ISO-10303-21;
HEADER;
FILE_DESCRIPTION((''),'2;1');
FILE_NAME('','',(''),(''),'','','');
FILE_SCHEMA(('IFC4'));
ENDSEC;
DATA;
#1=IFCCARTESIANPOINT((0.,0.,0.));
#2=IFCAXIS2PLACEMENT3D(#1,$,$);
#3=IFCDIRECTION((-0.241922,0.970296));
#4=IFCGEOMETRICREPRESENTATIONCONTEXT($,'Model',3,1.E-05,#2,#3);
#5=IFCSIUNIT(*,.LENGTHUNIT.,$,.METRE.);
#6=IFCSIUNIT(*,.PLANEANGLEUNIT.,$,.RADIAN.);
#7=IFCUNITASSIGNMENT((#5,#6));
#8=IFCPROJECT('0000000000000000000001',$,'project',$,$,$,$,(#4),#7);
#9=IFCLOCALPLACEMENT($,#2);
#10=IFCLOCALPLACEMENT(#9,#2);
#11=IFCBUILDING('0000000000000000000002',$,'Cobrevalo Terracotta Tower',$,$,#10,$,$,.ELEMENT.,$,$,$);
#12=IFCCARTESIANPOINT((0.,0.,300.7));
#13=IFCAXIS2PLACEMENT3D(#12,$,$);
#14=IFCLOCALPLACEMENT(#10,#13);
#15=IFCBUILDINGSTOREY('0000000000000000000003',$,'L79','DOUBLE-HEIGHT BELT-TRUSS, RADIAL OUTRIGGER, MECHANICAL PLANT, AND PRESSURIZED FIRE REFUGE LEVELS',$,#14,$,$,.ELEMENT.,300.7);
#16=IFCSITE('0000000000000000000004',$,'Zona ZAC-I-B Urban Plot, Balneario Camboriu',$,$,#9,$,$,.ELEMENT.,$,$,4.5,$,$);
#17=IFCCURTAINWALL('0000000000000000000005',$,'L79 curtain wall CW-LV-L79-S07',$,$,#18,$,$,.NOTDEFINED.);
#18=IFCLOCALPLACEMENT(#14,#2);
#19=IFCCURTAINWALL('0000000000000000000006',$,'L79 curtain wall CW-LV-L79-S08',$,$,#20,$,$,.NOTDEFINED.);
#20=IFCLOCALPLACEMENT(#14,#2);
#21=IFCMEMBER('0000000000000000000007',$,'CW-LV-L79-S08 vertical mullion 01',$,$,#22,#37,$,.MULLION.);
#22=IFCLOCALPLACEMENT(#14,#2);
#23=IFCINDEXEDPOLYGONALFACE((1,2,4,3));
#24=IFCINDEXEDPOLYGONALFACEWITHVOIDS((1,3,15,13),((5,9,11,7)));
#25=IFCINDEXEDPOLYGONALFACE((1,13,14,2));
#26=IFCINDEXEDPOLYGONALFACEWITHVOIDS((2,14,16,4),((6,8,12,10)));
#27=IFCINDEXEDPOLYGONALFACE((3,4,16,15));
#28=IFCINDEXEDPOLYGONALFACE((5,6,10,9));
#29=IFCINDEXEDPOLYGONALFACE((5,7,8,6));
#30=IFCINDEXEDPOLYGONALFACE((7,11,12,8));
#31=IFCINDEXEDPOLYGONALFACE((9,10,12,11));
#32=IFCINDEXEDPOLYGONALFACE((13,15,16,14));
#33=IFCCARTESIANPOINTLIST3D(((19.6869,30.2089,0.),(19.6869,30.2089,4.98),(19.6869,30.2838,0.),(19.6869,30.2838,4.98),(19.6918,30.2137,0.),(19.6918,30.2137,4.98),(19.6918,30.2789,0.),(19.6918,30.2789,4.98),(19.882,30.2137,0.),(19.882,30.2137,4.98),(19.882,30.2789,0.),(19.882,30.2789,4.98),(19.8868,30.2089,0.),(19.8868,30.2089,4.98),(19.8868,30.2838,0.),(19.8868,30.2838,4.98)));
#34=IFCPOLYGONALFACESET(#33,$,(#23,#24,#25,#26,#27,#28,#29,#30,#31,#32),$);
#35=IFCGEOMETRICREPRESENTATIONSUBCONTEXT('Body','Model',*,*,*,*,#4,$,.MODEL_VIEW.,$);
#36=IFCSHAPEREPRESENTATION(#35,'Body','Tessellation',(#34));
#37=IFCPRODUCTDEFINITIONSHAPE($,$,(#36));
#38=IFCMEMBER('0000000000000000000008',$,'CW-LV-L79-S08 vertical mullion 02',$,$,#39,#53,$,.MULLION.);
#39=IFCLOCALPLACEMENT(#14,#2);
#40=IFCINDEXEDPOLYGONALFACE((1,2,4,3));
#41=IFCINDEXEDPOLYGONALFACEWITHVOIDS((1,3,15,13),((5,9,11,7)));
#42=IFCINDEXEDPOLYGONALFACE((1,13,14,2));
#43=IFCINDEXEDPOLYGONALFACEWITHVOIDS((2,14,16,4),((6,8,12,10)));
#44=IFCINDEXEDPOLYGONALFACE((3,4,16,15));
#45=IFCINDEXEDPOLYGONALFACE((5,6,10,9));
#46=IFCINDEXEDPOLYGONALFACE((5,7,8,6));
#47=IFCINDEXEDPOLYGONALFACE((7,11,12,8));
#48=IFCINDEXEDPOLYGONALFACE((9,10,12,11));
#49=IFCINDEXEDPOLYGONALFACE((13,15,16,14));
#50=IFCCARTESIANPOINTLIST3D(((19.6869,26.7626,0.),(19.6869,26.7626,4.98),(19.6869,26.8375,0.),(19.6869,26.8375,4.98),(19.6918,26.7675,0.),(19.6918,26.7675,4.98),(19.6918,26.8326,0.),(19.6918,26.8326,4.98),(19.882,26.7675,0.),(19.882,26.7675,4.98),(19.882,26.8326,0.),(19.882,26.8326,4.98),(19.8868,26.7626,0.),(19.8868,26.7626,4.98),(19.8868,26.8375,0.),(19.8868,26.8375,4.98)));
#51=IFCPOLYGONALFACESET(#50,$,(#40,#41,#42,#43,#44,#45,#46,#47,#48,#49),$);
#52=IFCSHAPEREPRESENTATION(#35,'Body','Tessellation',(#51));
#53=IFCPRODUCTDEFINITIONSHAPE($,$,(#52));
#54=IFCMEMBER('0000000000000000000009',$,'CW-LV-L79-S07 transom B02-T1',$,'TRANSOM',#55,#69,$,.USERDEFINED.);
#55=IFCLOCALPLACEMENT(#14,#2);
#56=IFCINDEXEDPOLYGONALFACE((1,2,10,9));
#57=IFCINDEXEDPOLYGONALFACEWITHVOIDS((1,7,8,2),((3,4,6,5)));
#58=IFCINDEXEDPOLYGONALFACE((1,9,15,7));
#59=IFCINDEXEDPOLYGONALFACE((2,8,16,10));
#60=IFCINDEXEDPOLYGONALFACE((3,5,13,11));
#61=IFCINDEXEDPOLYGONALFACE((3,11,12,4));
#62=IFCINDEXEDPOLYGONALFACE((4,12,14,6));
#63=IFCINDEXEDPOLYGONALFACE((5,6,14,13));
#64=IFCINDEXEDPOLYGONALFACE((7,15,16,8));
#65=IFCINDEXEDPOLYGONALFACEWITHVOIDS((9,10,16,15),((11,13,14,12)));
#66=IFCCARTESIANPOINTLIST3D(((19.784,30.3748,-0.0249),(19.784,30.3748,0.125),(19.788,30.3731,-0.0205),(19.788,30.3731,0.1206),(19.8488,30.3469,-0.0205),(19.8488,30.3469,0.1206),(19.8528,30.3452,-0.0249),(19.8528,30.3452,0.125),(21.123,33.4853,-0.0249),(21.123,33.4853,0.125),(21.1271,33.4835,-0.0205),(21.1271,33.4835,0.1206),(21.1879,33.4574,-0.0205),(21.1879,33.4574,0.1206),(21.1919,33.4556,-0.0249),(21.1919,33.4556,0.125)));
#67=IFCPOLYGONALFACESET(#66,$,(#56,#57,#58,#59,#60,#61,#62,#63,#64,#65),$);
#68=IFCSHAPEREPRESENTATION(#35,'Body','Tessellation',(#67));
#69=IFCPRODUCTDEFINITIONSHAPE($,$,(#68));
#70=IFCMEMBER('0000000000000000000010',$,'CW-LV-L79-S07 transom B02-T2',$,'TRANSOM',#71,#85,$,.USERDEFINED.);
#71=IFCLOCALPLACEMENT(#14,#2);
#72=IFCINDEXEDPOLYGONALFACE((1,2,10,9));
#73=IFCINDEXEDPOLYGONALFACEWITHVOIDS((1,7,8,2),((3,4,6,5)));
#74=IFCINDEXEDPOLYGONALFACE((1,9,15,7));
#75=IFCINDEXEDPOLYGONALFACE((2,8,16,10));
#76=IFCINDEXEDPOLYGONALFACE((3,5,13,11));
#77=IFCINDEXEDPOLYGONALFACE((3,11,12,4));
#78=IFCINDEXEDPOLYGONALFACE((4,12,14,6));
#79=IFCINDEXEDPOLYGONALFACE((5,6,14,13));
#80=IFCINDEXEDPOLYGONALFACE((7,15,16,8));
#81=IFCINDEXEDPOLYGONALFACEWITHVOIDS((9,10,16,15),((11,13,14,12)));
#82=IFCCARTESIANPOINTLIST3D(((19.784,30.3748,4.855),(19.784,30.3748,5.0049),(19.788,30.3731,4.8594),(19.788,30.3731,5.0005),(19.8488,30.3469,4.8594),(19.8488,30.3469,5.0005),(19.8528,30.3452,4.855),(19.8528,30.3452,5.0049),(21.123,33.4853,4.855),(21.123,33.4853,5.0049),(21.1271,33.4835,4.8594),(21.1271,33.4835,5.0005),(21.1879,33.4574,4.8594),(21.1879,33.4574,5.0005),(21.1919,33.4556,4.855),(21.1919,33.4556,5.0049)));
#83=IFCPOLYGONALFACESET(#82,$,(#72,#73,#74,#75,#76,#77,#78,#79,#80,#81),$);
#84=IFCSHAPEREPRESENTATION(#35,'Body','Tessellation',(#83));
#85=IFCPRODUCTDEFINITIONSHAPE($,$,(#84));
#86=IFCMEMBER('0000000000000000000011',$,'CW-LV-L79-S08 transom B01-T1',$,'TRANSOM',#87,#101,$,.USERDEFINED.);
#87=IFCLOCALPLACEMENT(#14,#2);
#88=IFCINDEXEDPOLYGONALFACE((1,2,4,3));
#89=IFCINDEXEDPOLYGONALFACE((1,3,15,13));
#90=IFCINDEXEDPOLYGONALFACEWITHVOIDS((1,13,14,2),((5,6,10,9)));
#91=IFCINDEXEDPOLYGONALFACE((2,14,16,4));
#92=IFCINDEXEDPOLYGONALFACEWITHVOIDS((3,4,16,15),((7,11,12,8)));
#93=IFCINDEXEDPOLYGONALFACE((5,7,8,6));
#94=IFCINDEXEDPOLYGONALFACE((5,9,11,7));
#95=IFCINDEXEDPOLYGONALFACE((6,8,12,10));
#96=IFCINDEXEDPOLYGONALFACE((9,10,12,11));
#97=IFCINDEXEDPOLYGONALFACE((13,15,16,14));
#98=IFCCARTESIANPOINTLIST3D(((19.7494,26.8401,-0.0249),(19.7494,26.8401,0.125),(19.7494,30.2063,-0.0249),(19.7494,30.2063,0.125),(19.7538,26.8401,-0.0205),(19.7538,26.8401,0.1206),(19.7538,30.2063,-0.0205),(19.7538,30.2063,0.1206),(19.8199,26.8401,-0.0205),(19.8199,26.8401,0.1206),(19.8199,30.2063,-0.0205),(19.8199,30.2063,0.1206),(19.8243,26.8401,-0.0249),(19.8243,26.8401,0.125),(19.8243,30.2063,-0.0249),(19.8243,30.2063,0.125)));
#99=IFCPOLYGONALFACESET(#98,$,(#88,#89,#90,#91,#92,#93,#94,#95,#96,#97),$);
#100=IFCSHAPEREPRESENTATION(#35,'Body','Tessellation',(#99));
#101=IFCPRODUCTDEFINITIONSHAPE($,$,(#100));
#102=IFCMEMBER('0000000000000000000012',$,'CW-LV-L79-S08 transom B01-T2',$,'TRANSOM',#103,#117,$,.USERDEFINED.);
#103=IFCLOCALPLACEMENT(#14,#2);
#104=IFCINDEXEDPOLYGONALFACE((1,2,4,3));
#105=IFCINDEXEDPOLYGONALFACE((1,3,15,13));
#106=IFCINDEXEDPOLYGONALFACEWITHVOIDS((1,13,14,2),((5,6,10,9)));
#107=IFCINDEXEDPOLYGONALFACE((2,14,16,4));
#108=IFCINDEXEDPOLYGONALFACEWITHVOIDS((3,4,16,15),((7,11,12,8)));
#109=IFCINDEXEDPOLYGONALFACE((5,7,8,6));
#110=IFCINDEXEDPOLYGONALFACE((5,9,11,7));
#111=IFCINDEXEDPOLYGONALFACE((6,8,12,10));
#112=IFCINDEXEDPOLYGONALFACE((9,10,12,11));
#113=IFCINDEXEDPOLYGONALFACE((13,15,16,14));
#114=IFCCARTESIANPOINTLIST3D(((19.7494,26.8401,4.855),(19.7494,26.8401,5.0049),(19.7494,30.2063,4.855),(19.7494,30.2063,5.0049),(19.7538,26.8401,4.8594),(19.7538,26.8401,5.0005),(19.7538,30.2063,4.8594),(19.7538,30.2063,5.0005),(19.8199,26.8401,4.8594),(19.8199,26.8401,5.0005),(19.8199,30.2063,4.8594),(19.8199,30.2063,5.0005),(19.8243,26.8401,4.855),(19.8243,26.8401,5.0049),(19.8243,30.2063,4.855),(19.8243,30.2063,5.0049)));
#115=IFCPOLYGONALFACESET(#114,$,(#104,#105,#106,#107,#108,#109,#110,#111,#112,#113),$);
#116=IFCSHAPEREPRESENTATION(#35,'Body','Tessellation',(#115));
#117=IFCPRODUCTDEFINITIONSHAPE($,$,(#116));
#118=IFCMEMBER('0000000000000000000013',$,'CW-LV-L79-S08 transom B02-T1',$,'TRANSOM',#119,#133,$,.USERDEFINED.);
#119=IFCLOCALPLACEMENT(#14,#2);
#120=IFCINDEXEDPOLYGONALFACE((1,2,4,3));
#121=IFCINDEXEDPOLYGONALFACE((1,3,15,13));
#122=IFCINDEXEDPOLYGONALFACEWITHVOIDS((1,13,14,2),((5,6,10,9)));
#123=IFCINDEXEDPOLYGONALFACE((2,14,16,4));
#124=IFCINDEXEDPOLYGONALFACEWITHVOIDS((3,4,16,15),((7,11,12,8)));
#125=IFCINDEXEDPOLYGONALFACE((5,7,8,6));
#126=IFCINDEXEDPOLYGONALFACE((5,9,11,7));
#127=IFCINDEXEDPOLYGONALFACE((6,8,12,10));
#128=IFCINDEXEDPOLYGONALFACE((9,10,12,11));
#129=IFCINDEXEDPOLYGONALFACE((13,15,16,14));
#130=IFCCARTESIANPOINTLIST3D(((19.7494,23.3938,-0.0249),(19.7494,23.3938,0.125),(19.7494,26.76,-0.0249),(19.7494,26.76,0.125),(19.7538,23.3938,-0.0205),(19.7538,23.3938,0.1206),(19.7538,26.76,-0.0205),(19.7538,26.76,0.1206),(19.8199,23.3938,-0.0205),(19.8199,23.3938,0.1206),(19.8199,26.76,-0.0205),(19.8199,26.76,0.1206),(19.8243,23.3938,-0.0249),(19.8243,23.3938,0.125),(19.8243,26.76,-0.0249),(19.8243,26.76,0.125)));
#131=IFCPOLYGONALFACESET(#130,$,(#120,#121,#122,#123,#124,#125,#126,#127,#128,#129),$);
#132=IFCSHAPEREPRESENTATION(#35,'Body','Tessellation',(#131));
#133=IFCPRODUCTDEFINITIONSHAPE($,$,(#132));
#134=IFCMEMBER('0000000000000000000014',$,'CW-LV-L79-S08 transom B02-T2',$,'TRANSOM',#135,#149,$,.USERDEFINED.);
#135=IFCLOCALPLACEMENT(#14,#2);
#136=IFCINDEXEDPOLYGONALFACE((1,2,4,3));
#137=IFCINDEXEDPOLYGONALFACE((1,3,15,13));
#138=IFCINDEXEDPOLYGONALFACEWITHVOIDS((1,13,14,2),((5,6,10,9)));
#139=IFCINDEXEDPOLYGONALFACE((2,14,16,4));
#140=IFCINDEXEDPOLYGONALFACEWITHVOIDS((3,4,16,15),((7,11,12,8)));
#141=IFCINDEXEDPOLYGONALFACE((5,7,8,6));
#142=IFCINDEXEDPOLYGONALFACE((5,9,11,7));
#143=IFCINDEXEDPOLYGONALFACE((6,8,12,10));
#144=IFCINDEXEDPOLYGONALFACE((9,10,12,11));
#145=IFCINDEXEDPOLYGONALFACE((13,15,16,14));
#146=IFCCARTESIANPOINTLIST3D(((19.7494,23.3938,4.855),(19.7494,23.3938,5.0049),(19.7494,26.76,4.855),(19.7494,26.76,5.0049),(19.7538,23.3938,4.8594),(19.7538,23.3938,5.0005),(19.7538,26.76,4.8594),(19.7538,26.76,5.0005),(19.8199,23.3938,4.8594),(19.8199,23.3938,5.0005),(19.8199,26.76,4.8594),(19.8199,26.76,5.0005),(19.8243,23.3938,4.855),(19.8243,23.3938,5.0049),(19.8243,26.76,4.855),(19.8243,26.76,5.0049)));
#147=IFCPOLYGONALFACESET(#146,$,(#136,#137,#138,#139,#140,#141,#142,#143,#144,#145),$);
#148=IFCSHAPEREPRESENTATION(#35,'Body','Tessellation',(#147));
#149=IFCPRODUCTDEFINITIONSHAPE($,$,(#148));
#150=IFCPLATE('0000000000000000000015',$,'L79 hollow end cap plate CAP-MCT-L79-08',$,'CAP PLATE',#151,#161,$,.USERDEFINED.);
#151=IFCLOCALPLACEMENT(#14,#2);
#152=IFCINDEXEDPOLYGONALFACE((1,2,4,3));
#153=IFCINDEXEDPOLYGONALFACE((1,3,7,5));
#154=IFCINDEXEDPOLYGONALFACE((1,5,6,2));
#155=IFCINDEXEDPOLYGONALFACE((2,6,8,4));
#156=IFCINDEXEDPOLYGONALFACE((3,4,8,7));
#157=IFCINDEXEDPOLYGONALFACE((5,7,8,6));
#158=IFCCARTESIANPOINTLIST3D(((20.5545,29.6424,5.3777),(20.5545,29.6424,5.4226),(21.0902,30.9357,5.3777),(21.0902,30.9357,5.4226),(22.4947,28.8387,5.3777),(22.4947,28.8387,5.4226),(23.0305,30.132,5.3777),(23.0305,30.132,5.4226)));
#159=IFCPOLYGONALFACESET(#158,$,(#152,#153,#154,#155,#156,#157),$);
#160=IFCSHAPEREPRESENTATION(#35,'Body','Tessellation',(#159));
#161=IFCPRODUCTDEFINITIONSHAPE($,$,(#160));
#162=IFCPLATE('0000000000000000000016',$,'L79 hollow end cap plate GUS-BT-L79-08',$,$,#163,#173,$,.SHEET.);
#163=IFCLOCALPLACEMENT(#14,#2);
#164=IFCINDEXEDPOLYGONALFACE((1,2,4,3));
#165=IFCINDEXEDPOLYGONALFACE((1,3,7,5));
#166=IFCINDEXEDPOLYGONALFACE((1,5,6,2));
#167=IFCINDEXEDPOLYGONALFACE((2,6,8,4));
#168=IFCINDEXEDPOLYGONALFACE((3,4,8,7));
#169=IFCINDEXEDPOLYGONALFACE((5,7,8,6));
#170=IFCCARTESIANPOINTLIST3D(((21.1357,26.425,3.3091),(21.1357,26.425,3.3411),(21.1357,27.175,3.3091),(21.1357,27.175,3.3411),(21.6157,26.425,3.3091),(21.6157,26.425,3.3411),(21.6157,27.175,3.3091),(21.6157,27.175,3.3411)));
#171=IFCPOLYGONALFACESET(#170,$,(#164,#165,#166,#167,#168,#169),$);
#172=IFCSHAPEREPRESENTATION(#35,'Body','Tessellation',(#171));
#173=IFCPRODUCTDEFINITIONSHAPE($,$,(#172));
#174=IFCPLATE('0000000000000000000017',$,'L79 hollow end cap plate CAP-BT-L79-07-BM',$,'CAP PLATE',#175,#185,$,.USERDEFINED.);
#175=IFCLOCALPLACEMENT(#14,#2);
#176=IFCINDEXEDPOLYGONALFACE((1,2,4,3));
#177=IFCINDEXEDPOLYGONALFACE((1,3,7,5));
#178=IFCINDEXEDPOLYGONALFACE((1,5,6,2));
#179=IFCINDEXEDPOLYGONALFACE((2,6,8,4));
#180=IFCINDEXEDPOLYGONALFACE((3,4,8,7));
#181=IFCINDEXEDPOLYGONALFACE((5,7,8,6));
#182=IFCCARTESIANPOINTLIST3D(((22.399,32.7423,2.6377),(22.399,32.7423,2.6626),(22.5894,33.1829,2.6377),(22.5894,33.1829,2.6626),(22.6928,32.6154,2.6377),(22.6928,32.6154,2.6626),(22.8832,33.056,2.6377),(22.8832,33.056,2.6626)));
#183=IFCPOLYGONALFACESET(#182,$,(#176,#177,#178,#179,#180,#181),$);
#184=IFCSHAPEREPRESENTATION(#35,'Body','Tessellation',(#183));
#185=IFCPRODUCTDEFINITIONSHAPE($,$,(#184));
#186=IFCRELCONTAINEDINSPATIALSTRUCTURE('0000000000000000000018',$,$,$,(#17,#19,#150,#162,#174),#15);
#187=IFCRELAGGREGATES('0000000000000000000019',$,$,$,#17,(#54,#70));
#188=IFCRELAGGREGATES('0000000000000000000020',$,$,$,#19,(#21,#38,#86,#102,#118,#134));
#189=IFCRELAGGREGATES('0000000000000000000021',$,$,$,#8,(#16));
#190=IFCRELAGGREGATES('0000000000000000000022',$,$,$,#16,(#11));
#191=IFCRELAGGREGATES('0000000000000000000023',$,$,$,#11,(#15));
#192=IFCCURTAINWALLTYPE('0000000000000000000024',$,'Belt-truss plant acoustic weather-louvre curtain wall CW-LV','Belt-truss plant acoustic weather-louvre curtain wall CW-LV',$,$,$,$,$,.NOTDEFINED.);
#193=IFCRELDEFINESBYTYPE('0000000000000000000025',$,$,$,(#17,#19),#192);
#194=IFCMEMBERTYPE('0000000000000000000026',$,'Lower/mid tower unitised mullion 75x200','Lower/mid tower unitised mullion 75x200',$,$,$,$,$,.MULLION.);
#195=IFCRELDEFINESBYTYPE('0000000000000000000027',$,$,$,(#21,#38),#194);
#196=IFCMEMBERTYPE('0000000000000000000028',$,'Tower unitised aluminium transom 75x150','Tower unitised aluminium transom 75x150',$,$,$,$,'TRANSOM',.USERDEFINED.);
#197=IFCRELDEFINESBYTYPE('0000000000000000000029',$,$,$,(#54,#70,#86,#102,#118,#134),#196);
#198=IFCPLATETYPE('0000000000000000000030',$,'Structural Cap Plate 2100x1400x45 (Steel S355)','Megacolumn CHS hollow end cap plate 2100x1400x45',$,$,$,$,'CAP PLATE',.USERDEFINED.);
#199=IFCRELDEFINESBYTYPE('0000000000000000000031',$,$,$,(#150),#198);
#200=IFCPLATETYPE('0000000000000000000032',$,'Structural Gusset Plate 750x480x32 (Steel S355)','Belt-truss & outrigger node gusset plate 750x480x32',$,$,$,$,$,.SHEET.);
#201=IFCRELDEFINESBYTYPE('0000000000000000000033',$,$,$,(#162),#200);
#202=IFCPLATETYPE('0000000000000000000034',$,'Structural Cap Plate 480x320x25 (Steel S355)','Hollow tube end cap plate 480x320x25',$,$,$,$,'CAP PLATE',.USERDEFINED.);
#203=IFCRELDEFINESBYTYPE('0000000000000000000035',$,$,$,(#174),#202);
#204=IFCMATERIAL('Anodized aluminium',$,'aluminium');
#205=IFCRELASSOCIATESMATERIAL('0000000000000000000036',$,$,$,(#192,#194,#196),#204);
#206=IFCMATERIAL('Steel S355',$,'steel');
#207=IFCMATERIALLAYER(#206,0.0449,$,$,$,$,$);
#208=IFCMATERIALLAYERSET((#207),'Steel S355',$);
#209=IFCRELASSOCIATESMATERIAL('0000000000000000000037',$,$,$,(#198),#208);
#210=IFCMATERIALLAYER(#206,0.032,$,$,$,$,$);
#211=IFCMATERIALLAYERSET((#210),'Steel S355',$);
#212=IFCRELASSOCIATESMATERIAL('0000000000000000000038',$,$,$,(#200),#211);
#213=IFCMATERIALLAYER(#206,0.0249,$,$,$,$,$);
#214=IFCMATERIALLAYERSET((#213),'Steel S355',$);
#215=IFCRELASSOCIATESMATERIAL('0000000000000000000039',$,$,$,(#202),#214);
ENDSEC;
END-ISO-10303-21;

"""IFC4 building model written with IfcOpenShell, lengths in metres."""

from ifc_helpers import new_model, si_unit, direction, frame, origin, origin_2d, place, context, subcontext, project, spatial, rectangle, hollow_rectangle, extrude, source, transform, mapped, material, layer, layer_set, material_profile, profile_set, type_object, element, aggregate, save


model = new_model("IFC4")

# Units and contexts
model_context = context("Model", 3, precision=1e-05, world=origin(), true_north=direction((-0.241922, 0.970296)))
body_context = subcontext(model_context, "Body", "Model", "MODEL_VIEW")
ifc_project = project(units=[si_unit("LENGTHUNIT", "METRE"), si_unit("PLANEANGLEUNIT", "RADIAN")], contexts=[model_context])

# Site, building, storey
site_placement = place(None, origin())
site = spatial("IfcSite", under=ifc_project, at=site_placement, Name="Zona ZAC-I-B Urban Plot, Balneario Camboriu", CompositionType="ELEMENT", RefElevation=4.5)
building_placement = place(site_placement, origin())
building = spatial("IfcBuilding", under=site, at=building_placement, Name="Cobrevalo Terracotta Tower", CompositionType="ELEMENT")
storey_placement = place(building_placement, frame((0.0, 0.0, 300.7)))
storey = spatial("IfcBuildingStorey", under=building, at=storey_placement, Name="L79", Description="DOUBLE-HEIGHT BELT-TRUSS, RADIAL OUTRIGGER, MECHANICAL PLANT, AND PRESSURIZED FIRE REFUGE LEVELS", CompositionType="ELEMENT", Elevation=300.7)

# Shared definitions
ifc_material_1 = material(Name="Steel S355", Category="steel")

# Curtain walls, members
ifc_material_2 = material(Name="Anodized aluminium", Category="aluminium")
curtain_wall_type = type_object("IfcCurtainWallType", Name="Belt-truss plant acoustic weather-louvre curtain wall CW-LV", Description="Belt-truss plant acoustic weather-louvre curtain wall CW-LV", PredefinedType="NOTDEFINED", material=ifc_material_2)
curtain_wall_1_placement = place(storey_placement, origin())
curtain_wall_1 = element("IfcCurtainWall", 1, at=curtain_wall_1_placement, inside=storey, type_object=curtain_wall_type, Name="L79 curtain wall CW-LV-L79-S07", PredefinedType="NOTDEFINED")
ifc_material_profile_1 = material_profile(ifc_material_2, hollow_rectangle(XDim=0.075, YDim=0.2, WallThickness=0.0049, at=origin_2d()), Name="CWM 75x200")
ifc_profile_set_1 = profile_set([ifc_material_profile_1], Name="Anodized aluminium")
member_type_1 = type_object("IfcMemberType", Name="Lower/mid tower unitised mullion 75x200", Description="Lower/mid tower unitised mullion 75x200", PredefinedType="MULLION", material=ifc_profile_set_1)
shared_shape_1 = source(origin(), body_context, "Body", "SweptSolid", [
    extrude(hollow_rectangle(XDim=0.075, YDim=0.2, WallThickness=0.0049, at=origin_2d()), origin(), (0.0, 0.0, 1.0), 4.98),
])
curtain_wall_2_placement = place(storey_placement, origin())
curtain_wall_2 = element("IfcCurtainWall", 2, at=curtain_wall_2_placement, inside=storey, type_object=curtain_wall_type, Name="L79 curtain wall CW-LV-L79-S08", PredefinedType="NOTDEFINED")
member_1_placement = place(storey_placement, frame((19.7869, 30.2463, 0.0), z_axis=(0.0, 0.0, 1.0), x_axis=(0.0, -1.0, 0.0)))
member_1 = element("IfcMember", 3, at=member_1_placement, type_object=member_type_1, Name="CW-LV-L79-S08 vertical mullion 01", PredefinedType="MULLION", context=body_context, shape_type="MappedRepresentation", body=[
    mapped(shared_shape_1, transform((0.0, 0.0, 0.0), scale=1.0)),
])
member_2_placement = place(storey_placement, frame((19.7869, 26.8, 0.0), z_axis=(0.0, 0.0, 1.0), x_axis=(0.0, -1.0, 0.0)))
member_2 = element("IfcMember", 4, at=member_2_placement, type_object=member_type_1, Name="CW-LV-L79-S08 vertical mullion 02", PredefinedType="MULLION", context=body_context, shape_type="MappedRepresentation", body=[
    mapped(shared_shape_1, transform((0.0, 0.0, 0.0), scale=1.0)),
])

# Members
ifc_material_profile_2 = material_profile(ifc_material_2, hollow_rectangle(XDim=0.075, YDim=0.1499, WallThickness=0.0044, at=origin_2d()), Name="CWT 75x150")
ifc_profile_set_2 = profile_set([ifc_material_profile_2], Name="Anodized aluminium")
member_type_2 = type_object("IfcMemberType", Name="Tower unitised aluminium transom 75x150", Description="Tower unitised aluminium transom 75x150", ElementType="TRANSOM", PredefinedType="USERDEFINED", material=ifc_profile_set_2)
shared_shape_2 = source(origin(), body_context, "Body", "SweptSolid", [
    extrude(hollow_rectangle(XDim=0.075, YDim=0.1499, WallThickness=0.0044, at=origin_2d()), origin(), (0.0, 0.0, 1.0), 3.3865),
])
member_3_placement = place(storey_placement, frame((21.1575, 33.4705, 0.05), z_axis=(-0.395415, -0.918502, 0.0), x_axis=(0.918502, -0.395415, 0.0)))
member_3 = element("IfcMember", 5, at=member_3_placement, type_object=member_type_2, Name="CW-LV-L79-S07 transom B02-T1", ObjectType="TRANSOM", PredefinedType="USERDEFINED", context=body_context, shape_type="MappedRepresentation", body=[
    mapped(shared_shape_2, transform((0.0, 0.0, 0.0), scale=1.0)),
])
member_4_placement = place(storey_placement, frame((21.1575, 33.4705, 4.9299), z_axis=(-0.395415, -0.918502, 0.0), x_axis=(0.918502, -0.395415, 0.0)))
member_4 = element("IfcMember", 6, at=member_4_placement, type_object=member_type_2, Name="CW-LV-L79-S07 transom B02-T2", ObjectType="TRANSOM", PredefinedType="USERDEFINED", context=body_context, shape_type="MappedRepresentation", body=[
    mapped(shared_shape_2, transform((0.0, 0.0, 0.0), scale=1.0)),
])
shared_shape_3 = source(origin(), body_context, "Body", "SweptSolid", [
    extrude(hollow_rectangle(XDim=0.075, YDim=0.1499, WallThickness=0.0044, at=origin_2d()), origin(), (0.0, 0.0, 1.0), 3.3662),
])
member_5_placement = place(storey_placement, frame((19.7869, 30.2063, 0.05), z_axis=(0.0, -1.0, 0.0), x_axis=(1.0, 0.0, 0.0)))
member_5 = element("IfcMember", 7, at=member_5_placement, type_object=member_type_2, Name="CW-LV-L79-S08 transom B01-T1", ObjectType="TRANSOM", PredefinedType="USERDEFINED", context=body_context, shape_type="MappedRepresentation", body=[
    mapped(shared_shape_3, transform((0.0, 0.0, 0.0), scale=1.0)),
])
member_6_placement = place(storey_placement, frame((19.7869, 30.2063, 4.9299), z_axis=(0.0, -1.0, 0.0), x_axis=(1.0, 0.0, 0.0)))
member_6 = element("IfcMember", 8, at=member_6_placement, type_object=member_type_2, Name="CW-LV-L79-S08 transom B01-T2", ObjectType="TRANSOM", PredefinedType="USERDEFINED", context=body_context, shape_type="MappedRepresentation", body=[
    mapped(shared_shape_3, transform((0.0, 0.0, 0.0), scale=1.0)),
])
member_7_placement = place(storey_placement, frame((19.7869, 26.76, 0.05), z_axis=(0.0, -1.0, 0.0), x_axis=(1.0, 0.0, 0.0)))
member_7 = element("IfcMember", 9, at=member_7_placement, type_object=member_type_2, Name="CW-LV-L79-S08 transom B02-T1", ObjectType="TRANSOM", PredefinedType="USERDEFINED", context=body_context, shape_type="MappedRepresentation", body=[
    mapped(shared_shape_3, transform((0.0, 0.0, 0.0), scale=1.0)),
])
member_8_placement = place(storey_placement, frame((19.7869, 26.76, 4.9299), z_axis=(0.0, -1.0, 0.0), x_axis=(1.0, 0.0, 0.0)))
member_8 = element("IfcMember", 10, at=member_8_placement, type_object=member_type_2, Name="CW-LV-L79-S08 transom B02-T2", ObjectType="TRANSOM", PredefinedType="USERDEFINED", context=body_context, shape_type="MappedRepresentation", body=[
    mapped(shared_shape_3, transform((0.0, 0.0, 0.0), scale=1.0)),
])

# Plates
ifc_layer_1 = layer(ifc_material_1, 0.0449)
ifc_layer_set_1 = layer_set([ifc_layer_1], Name="Steel S355")
plate_type_1 = type_object("IfcPlateType", Name="Structural Cap Plate 2100x1400x45 (Steel S355)", Description="Megacolumn CHS hollow end cap plate 2100x1400x45", ElementType="CAP PLATE", PredefinedType="USERDEFINED", material=ifc_layer_set_1)
shared_shape_4 = source(origin(), body_context, "Body", "SweptSolid", [
    extrude(rectangle(XDim=2.1001, YDim=1.3999, at=origin_2d()), origin(), (0.0, 0.0, 1.0), 0.0449),
])
plate_1_placement = place(storey_placement, frame((21.7925, 29.8872, 5.3777), z_axis=(0.0, 0.0, 1.0), x_axis=(-0.92388, 0.382683, 0.0)))
element("IfcPlate", 11, at=plate_1_placement, inside=storey, type_object=plate_type_1, Name="L79 hollow end cap plate CAP-MCT-L79-08", ObjectType="CAP PLATE", PredefinedType="USERDEFINED", context=body_context, shape_type="MappedRepresentation", body=[
    mapped(shared_shape_4, transform((0.0, 0.0, 0.0), scale=1.0)),
])
ifc_layer_2 = layer(ifc_material_1, 0.032)
ifc_layer_set_2 = layer_set([ifc_layer_2], Name="Steel S355")
plate_type_2 = type_object("IfcPlateType", Name="Structural Gusset Plate 750x480x32 (Steel S355)", Description="Belt-truss & outrigger node gusset plate 750x480x32", PredefinedType="SHEET", material=ifc_layer_set_2)
shared_shape_5 = source(origin(), body_context, "Body", "SweptSolid", [
    extrude(rectangle(XDim=0.75, YDim=0.48, at=origin_2d()), origin(), (0.0, 0.0, 1.0), 0.032),
])
plate_2_placement = place(storey_placement, frame((21.3757, 26.8, 3.3091), z_axis=(0.0, 0.0, 1.0), x_axis=(0.0, -1.0, 0.0)))
element("IfcPlate", 12, at=plate_2_placement, inside=storey, type_object=plate_type_2, Name="L79 hollow end cap plate GUS-BT-L79-08", PredefinedType="SHEET", context=body_context, shape_type="MappedRepresentation", body=[
    mapped(shared_shape_5, transform((0.0, 0.0, 0.0), scale=1.0)),
])
ifc_layer_3 = layer(ifc_material_1, 0.0249)
ifc_layer_set_3 = layer_set([ifc_layer_3], Name="Steel S355")
plate_type_3 = type_object("IfcPlateType", Name="Structural Cap Plate 480x320x25 (Steel S355)", Description="Hollow tube end cap plate 480x320x25", ElementType="CAP PLATE", PredefinedType="USERDEFINED", material=ifc_layer_set_3)
shared_shape_6 = source(origin(), body_context, "Body", "SweptSolid", [
    extrude(rectangle(XDim=0.48, YDim=0.3201, at=origin_2d()), origin(), (0.0, 0.0, 1.0), 0.0249),
])
for number, where, z_axis, x_axis, name in (
    (13, (22.6411, 32.8992, 2.6377), (0.0, 0.0, 1.0), (-0.396621, -0.917983, 0.0), "L79 hollow end cap plate CAP-BT-L79-07-BM"),
):
    element("IfcPlate", number, at=place(storey_placement, frame(where, z_axis=z_axis, x_axis=x_axis)), inside=storey, type_object=plate_type_3, Name=name, ObjectType="CAP PLATE", PredefinedType="USERDEFINED", context=body_context, shape_type="MappedRepresentation", body=[
        mapped(shared_shape_6, transform((0.0, 0.0, 0.0), scale=1.0)),
    ])

aggregate(curtain_wall_1, [member_3, member_4])
aggregate(curtain_wall_2, [member_1, member_2, member_5, member_6, member_7, member_8])

save(model, "model.ifc")
